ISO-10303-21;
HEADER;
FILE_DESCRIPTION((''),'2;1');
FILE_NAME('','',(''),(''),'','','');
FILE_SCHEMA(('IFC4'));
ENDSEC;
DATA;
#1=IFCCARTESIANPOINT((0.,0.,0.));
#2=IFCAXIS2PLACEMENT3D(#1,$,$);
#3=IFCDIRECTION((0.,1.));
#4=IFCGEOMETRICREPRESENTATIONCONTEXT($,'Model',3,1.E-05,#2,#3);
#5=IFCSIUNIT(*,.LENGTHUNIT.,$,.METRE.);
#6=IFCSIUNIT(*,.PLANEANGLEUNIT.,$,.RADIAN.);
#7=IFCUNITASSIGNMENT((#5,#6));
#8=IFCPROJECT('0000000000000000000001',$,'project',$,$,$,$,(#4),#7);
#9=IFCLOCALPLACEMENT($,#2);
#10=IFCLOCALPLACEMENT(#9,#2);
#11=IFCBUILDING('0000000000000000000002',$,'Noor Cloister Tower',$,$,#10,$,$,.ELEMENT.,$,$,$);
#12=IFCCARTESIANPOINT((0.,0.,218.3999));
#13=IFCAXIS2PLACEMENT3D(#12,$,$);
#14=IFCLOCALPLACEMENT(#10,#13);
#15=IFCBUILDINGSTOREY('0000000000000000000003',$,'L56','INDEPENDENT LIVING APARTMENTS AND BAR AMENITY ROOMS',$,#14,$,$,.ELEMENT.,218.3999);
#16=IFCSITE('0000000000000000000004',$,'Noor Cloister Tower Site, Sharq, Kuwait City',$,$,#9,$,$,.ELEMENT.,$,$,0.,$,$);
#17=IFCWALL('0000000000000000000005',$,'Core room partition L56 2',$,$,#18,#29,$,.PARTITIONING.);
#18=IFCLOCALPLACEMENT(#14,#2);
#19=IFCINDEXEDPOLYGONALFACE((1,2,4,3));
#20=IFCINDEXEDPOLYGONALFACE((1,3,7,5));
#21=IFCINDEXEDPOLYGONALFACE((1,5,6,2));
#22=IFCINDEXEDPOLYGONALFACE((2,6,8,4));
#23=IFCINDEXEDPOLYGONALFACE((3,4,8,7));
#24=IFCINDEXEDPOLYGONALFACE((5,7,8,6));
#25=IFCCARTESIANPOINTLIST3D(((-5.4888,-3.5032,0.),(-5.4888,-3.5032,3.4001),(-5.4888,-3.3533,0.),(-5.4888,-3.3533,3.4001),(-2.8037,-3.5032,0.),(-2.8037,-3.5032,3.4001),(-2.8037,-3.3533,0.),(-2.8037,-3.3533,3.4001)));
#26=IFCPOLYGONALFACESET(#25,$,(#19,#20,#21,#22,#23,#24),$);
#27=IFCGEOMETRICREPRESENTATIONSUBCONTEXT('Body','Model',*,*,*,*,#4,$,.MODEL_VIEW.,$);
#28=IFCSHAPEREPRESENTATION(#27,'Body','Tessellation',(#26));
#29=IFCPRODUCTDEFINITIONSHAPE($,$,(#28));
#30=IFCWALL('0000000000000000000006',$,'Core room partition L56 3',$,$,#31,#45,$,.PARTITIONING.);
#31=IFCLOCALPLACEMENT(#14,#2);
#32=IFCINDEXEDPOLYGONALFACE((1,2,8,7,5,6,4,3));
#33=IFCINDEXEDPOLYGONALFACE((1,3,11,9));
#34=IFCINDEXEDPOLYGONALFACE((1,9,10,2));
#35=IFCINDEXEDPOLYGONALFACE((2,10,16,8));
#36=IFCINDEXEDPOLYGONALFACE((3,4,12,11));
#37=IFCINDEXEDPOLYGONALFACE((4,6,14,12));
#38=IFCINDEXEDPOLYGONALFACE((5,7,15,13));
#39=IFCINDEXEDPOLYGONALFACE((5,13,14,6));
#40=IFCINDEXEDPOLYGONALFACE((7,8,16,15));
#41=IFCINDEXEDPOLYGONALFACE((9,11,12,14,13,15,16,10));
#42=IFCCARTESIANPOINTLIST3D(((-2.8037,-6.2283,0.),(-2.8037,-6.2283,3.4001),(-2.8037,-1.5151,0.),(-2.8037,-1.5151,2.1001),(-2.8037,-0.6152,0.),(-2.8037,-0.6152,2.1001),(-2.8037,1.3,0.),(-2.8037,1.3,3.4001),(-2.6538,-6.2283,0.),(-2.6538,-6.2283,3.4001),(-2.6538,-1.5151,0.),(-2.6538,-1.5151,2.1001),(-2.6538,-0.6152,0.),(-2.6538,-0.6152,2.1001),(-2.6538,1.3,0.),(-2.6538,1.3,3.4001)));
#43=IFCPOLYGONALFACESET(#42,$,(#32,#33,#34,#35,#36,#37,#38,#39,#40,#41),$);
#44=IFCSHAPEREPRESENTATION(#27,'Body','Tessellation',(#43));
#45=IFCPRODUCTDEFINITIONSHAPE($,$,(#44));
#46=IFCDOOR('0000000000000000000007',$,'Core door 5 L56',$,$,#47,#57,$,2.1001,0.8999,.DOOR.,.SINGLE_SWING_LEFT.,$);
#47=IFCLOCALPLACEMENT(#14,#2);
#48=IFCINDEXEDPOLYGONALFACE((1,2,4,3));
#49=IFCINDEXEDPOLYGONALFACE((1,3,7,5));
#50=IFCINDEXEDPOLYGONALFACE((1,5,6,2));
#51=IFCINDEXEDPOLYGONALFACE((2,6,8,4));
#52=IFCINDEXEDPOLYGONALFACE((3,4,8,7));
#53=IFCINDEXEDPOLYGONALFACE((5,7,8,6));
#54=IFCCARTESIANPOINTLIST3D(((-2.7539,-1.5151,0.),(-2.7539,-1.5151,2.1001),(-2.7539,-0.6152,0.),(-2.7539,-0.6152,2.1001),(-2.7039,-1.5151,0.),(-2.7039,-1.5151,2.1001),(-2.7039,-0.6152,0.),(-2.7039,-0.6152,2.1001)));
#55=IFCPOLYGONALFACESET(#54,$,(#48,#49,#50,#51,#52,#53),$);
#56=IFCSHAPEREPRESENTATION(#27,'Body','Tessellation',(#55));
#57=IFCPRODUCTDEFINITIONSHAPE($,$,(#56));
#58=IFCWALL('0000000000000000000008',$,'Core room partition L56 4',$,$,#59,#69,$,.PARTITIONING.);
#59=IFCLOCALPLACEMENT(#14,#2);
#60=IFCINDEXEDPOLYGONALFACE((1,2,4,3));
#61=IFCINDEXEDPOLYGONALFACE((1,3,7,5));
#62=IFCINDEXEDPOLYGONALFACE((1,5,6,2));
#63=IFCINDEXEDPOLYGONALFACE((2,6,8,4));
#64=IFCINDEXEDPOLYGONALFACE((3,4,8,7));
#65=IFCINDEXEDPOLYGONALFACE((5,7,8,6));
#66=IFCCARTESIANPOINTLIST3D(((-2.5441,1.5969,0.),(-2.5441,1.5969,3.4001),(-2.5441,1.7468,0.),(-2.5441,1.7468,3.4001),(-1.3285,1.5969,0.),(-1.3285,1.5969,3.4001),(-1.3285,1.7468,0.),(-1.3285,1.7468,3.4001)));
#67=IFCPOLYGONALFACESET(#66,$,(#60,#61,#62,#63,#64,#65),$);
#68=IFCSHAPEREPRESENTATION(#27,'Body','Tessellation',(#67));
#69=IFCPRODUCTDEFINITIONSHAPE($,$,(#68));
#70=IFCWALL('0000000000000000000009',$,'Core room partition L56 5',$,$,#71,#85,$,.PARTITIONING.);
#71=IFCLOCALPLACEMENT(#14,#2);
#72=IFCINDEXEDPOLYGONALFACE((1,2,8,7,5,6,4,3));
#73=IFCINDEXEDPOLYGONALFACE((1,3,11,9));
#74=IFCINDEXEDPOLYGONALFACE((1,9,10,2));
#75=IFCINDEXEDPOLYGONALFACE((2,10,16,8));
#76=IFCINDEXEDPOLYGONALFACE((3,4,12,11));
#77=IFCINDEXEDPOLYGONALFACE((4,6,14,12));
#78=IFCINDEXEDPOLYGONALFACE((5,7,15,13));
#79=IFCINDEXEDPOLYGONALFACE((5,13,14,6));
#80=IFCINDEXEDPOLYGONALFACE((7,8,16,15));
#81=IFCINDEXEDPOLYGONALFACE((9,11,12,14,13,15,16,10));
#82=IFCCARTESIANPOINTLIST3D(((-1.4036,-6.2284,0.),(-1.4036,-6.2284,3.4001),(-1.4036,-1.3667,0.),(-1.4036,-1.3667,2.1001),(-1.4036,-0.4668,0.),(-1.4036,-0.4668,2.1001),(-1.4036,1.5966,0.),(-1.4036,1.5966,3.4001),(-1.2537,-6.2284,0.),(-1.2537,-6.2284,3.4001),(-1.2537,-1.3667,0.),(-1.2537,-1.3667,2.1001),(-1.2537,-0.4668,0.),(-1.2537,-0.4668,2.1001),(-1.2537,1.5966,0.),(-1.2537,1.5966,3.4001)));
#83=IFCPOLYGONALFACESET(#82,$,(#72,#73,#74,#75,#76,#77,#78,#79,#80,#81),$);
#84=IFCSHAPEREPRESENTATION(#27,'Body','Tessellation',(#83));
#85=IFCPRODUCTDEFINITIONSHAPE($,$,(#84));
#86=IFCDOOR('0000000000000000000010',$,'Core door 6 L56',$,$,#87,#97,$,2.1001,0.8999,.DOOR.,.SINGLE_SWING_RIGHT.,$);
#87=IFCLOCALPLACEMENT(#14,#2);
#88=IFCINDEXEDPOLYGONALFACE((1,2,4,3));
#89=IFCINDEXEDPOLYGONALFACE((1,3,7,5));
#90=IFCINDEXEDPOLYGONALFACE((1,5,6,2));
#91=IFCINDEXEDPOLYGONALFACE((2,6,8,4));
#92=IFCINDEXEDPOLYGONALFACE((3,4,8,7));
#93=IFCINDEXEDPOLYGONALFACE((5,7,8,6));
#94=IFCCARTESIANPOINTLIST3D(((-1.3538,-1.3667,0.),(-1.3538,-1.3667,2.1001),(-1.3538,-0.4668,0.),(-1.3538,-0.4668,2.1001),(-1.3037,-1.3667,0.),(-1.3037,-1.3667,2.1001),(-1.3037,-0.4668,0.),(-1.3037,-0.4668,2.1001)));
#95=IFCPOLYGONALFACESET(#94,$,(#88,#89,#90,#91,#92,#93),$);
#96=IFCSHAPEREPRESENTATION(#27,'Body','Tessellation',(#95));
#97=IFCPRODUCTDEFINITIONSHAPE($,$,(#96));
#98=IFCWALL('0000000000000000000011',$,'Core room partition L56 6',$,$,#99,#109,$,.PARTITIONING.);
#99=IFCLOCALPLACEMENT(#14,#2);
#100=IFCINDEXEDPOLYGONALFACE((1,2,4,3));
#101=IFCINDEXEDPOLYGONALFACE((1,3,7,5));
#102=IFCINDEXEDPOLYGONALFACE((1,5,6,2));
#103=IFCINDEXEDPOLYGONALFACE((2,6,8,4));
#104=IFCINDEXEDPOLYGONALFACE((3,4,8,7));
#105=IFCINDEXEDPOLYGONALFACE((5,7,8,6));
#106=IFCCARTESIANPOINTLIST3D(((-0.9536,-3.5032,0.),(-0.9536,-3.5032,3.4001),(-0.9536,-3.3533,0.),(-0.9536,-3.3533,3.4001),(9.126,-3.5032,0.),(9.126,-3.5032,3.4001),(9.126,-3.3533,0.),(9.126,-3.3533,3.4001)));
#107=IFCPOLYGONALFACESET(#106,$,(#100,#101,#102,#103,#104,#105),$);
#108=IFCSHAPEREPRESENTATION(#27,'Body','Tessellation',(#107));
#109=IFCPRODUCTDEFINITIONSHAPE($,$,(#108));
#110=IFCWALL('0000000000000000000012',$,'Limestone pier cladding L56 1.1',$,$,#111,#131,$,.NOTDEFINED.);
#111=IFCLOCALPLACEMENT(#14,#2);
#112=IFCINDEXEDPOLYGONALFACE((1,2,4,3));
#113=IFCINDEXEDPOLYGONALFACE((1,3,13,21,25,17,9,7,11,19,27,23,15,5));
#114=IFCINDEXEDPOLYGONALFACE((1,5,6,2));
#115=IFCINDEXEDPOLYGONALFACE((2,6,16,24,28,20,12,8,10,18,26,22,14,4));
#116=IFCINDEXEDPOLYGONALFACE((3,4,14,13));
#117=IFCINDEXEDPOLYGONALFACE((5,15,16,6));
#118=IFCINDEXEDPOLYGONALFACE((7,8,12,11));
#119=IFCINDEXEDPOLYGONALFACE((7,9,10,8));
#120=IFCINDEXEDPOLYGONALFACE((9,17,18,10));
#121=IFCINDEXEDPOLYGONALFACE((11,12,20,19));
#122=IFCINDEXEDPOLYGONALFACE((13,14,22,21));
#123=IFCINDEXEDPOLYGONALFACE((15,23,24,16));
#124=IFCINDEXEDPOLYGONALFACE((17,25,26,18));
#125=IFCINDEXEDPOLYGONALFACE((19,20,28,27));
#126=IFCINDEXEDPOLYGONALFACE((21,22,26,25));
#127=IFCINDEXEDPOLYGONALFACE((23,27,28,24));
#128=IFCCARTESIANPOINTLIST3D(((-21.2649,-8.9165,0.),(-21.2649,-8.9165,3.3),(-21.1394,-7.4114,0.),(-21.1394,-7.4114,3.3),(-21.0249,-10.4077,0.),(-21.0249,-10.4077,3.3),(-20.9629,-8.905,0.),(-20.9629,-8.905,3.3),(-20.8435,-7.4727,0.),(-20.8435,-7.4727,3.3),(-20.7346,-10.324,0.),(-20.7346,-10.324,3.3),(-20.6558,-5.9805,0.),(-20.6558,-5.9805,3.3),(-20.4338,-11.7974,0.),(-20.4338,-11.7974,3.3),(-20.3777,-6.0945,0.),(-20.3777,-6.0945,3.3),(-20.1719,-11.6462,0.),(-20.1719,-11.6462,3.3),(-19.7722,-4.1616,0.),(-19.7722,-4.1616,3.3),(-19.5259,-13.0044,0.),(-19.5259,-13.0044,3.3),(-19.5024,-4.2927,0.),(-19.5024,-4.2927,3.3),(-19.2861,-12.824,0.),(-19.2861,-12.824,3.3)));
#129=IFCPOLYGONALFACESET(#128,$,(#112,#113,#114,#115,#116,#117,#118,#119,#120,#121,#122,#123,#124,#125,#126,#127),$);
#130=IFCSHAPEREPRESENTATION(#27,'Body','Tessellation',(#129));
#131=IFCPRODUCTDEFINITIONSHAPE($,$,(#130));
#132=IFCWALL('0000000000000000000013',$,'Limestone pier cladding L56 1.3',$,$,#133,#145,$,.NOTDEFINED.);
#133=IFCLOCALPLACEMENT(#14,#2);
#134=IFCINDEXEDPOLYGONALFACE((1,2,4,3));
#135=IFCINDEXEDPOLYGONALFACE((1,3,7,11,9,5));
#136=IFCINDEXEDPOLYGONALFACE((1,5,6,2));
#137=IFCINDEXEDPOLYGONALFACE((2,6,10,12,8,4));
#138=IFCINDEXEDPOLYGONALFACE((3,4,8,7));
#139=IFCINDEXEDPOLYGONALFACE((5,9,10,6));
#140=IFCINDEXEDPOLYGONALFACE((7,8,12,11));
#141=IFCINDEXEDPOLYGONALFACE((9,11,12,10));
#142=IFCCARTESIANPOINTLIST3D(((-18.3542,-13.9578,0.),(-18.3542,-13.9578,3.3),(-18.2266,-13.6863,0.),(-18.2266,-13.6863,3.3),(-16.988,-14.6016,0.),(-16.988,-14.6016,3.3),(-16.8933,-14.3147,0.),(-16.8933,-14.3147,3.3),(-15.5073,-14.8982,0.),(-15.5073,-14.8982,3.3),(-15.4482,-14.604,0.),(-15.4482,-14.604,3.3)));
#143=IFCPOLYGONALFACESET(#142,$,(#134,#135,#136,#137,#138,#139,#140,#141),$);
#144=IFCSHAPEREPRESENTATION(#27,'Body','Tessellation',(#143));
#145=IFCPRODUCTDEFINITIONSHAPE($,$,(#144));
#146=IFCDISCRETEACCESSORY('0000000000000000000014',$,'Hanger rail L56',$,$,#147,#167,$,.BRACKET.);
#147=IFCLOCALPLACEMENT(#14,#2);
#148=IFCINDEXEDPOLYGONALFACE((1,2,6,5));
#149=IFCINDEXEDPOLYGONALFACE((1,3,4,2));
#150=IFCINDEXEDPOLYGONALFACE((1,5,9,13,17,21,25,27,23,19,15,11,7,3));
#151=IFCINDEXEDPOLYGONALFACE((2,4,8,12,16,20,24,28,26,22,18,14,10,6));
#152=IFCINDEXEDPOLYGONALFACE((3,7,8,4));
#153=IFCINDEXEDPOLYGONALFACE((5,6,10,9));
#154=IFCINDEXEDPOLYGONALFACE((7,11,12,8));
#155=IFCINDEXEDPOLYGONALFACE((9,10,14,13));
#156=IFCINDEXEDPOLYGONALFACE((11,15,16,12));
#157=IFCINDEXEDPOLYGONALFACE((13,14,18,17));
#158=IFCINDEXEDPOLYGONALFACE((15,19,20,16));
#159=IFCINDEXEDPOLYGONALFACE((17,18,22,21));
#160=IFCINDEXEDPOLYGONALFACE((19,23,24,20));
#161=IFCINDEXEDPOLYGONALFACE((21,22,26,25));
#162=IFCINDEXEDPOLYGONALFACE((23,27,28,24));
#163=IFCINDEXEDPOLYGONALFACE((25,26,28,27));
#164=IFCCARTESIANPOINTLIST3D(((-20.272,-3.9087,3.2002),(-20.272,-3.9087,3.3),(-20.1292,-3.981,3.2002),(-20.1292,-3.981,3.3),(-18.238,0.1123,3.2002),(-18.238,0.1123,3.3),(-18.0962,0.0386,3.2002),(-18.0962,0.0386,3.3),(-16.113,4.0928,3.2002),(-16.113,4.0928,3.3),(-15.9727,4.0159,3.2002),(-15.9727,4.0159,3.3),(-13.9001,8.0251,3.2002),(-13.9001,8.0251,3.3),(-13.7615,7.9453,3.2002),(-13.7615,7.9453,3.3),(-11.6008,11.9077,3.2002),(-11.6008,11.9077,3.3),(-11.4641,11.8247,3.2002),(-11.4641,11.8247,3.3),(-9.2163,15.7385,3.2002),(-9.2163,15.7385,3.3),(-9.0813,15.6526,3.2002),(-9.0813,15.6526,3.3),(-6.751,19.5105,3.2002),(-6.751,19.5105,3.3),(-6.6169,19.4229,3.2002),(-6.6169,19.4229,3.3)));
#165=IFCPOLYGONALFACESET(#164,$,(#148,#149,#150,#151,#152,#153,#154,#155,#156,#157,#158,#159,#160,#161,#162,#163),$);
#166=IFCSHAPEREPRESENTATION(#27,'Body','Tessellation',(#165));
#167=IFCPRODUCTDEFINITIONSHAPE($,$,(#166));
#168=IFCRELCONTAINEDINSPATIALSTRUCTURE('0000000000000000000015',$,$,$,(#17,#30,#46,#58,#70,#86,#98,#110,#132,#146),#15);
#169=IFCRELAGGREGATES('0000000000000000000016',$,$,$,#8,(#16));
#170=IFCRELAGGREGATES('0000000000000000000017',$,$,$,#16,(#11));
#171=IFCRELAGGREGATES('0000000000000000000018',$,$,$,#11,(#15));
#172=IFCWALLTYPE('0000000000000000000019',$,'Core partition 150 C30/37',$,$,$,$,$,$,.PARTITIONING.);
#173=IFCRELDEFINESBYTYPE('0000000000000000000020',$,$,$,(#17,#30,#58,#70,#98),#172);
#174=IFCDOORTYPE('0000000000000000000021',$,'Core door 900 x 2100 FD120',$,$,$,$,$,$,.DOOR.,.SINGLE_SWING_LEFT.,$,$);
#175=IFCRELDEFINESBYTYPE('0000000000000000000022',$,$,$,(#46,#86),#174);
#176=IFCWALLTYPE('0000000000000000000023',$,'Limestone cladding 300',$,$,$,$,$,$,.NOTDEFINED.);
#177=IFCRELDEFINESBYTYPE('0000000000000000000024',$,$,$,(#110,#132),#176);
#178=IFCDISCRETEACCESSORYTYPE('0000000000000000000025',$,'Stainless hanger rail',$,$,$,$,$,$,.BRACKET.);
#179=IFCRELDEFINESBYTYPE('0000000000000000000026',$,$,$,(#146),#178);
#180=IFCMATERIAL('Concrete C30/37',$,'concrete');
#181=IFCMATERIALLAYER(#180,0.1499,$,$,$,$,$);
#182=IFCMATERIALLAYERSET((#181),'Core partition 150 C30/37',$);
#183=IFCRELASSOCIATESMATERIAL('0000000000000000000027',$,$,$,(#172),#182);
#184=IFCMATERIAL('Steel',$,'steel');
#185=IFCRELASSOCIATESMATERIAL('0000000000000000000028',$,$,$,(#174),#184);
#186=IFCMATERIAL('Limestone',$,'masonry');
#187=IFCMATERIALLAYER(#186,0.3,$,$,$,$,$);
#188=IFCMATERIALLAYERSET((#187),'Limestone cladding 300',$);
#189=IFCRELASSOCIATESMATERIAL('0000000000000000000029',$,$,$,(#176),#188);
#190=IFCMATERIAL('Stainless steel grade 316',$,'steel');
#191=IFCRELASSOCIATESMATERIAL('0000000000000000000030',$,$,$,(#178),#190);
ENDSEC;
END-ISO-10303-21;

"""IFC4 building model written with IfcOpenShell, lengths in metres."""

from ifc_helpers import new_model, si_unit, direction, frame, frame_2d, origin, place, context, subcontext, project, spatial, polyline, rectangle, outline, extrude, material, layer, layer_set, type_object, element, fill, save


model = new_model("IFC4")

# Units and contexts
model_context = context("Model", 3, precision=1e-05, world=origin(), true_north=direction((0.0, 1.0)))
body_context = subcontext(model_context, "Body", "Model", "MODEL_VIEW")
ifc_project = project(units=[si_unit("LENGTHUNIT", "METRE"), si_unit("PLANEANGLEUNIT", "RADIAN")], contexts=[model_context])

# Site, building, storey
site_placement = place(None, origin())
site = spatial("IfcSite", under=ifc_project, at=site_placement, Name="Noor Cloister Tower Site, Sharq, Kuwait City", CompositionType="ELEMENT", RefElevation=0.0)
building_placement = place(site_placement, origin())
building = spatial("IfcBuilding", under=site, at=building_placement, Name="Noor Cloister Tower", CompositionType="ELEMENT")
storey_placement = place(building_placement, frame((0.0, 0.0, 218.3999)))
storey = spatial("IfcBuildingStorey", under=building, at=storey_placement, Name="L56", Description="INDEPENDENT LIVING APARTMENTS AND BAR AMENITY ROOMS", CompositionType="ELEMENT", Elevation=218.3999)

# Wall
ifc_material_1 = material(Name="Concrete C30/37", Category="concrete")
ifc_layer_1 = layer(ifc_material_1, 0.1499)
ifc_layer_set_1 = layer_set([ifc_layer_1], Name="Core partition 150 C30/37")
wall_type_1 = type_object("IfcWallType", Name="Core partition 150 C30/37", PredefinedType="PARTITIONING", material=ifc_layer_set_1)
wall_1_placement = place(storey_placement, frame((-5.4888, -3.4282, 0.0), z_axis=(0.0, 0.0, 1.0), x_axis=(1.0, 0.0, 0.0)))
element("IfcWall", 1, at=wall_1_placement, inside=storey, type_object=wall_type_1, Name="Core room partition L56 2", PredefinedType="PARTITIONING", context=body_context, shape_type="SweptSolid", body=[
    extrude(rectangle(XDim=2.6851, YDim=0.1499, at=frame_2d((1.3425, 0.0))), origin(), (0.0, 0.0, 1.0), 3.4001),
])

# Wall, opening, door
wall_2_placement = place(storey_placement, frame((-2.7288, 1.3, 0.0), z_axis=(0.0, 0.0, 1.0), x_axis=(0.0, -1.0, 0.0)))
wall_2 = element("IfcWall", 2, at=wall_2_placement, inside=storey, type_object=wall_type_1, Name="Core room partition L56 3", PredefinedType="PARTITIONING", context=body_context, shape_type="SweptSolid", body=[
    extrude(rectangle(XDim=7.5283, YDim=0.1499, at=frame_2d((3.7642, 0.0))), origin(), (0.0, 0.0, 1.0), 3.4001),
])
opening_1_placement = place(wall_2_placement, frame((1.9153, 0.0, 0.0)))
opening_1 = element("IfcOpeningElement", 3, at=opening_1_placement, cuts=wall_2, PredefinedType="OPENING", context=body_context, shape_type="SweptSolid", body=[
    extrude(rectangle(XDim=0.8999, YDim=2.1001, at=frame_2d((0.45, 1.05))), frame((0.0, 0.085, 0.0), z_axis=(0.0, -1.0, 0.0), x_axis=(1.0, 0.0, 0.0)), (0.0, 0.0, 1.0), 0.1699),
])
ifc_material_2 = material(Name="Steel", Category="steel")
door_type = type_object("IfcDoorType", Name="Core door 900 x 2100 FD120", OperationType="SINGLE_SWING_LEFT", PredefinedType="DOOR", material=ifc_material_2)
door_1_placement = place(opening_1_placement, origin())
door_1 = element("IfcDoor", 4, at=door_1_placement, inside=storey, type_object=door_type, Name="Core door 5 L56", OperationType="SINGLE_SWING_LEFT", OverallHeight=2.1001, OverallWidth=0.8999, PredefinedType="DOOR", context=body_context, shape_type="SweptSolid", body=[
    extrude(rectangle(XDim=0.8999, YDim=2.1001, at=frame_2d((0.45, 1.05))), frame((0.0, 0.0249, 0.0), z_axis=(0.0, -1.0, 0.0), x_axis=(1.0, 0.0, 0.0)), (0.0, 0.0, 1.0), 0.05),
])
fill(opening_1, door_1)

# Wall
wall_3_placement = place(storey_placement, frame((-2.5442, 1.6719, 0.0), z_axis=(0.0, 0.0, 1.0), x_axis=(1.0, 0.0, 0.0)))
element("IfcWall", 5, at=wall_3_placement, inside=storey, type_object=wall_type_1, Name="Core room partition L56 4", PredefinedType="PARTITIONING", context=body_context, shape_type="SweptSolid", body=[
    extrude(rectangle(XDim=1.2156, YDim=0.1499, at=frame_2d((0.6079, 0.0))), origin(), (0.0, 0.0, 1.0), 3.4001),
])

# Wall, opening, door
wall_4_placement = place(storey_placement, frame((-1.3286, 1.5967, 0.0), z_axis=(0.0, 0.0, 1.0), x_axis=(0.0, -1.0, 0.0)))
wall_4 = element("IfcWall", 6, at=wall_4_placement, inside=storey, type_object=wall_type_1, Name="Core room partition L56 5", PredefinedType="PARTITIONING", context=body_context, shape_type="SweptSolid", body=[
    extrude(rectangle(XDim=7.825, YDim=0.1499, at=frame_2d((3.9126, 0.0))), origin(), (0.0, 0.0, 1.0), 3.4001),
])
opening_2_placement = place(wall_4_placement, frame((2.0635, 0.0, 0.0)))
opening_2 = element("IfcOpeningElement", 7, at=opening_2_placement, cuts=wall_4, PredefinedType="OPENING", context=body_context, shape_type="SweptSolid", body=[
    extrude(rectangle(XDim=0.8999, YDim=2.1001, at=frame_2d((0.45, 1.05))), frame((0.0, 0.085, 0.0), z_axis=(0.0, -1.0, 0.0), x_axis=(1.0, 0.0, 0.0)), (0.0, 0.0, 1.0), 0.1699),
])
door_2_placement = place(opening_2_placement, origin())
door_2 = element("IfcDoor", 8, at=door_2_placement, inside=storey, type_object=door_type, Name="Core door 6 L56", OperationType="SINGLE_SWING_RIGHT", OverallHeight=2.1001, OverallWidth=0.8999, PredefinedType="DOOR", context=body_context, shape_type="SweptSolid", body=[
    extrude(rectangle(XDim=0.8999, YDim=2.1001, at=frame_2d((0.45, 1.05))), frame((0.0, 0.0249, 0.0), z_axis=(0.0, -1.0, 0.0), x_axis=(1.0, 0.0, 0.0)), (0.0, 0.0, 1.0), 0.05),
])
fill(opening_2, door_2)

# Walls
wall_5_placement = place(storey_placement, frame((-0.9536, -3.4282, 0.0), z_axis=(0.0, 0.0, 1.0), x_axis=(1.0, 0.0, 0.0)))
element("IfcWall", 9, at=wall_5_placement, inside=storey, type_object=wall_type_1, Name="Core room partition L56 6", PredefinedType="PARTITIONING", context=body_context, shape_type="SweptSolid", body=[
    extrude(rectangle(XDim=10.0796, YDim=0.1499, at=frame_2d((5.0398, 0.0))), origin(), (0.0, 0.0, 1.0), 3.4001),
])
ifc_material_3 = material(Name="Limestone", Category="masonry")
ifc_layer_2 = layer(ifc_material_3, 0.3)
ifc_layer_set_2 = layer_set([ifc_layer_2], Name="Limestone cladding 300")
wall_type_2 = type_object("IfcWallType", Name="Limestone cladding 300", PredefinedType="NOTDEFINED", material=ifc_layer_set_2)
wall_6_placement = place(storey_placement, origin())
element("IfcWall", 10, at=wall_6_placement, inside=storey, type_object=wall_type_2, Name="Limestone pier cladding L56 1.1", PredefinedType="NOTDEFINED", context=body_context, shape_type="SweptSolid", body=[
    extrude(outline(polyline([(-19.7722, -4.1616), (-20.6558, -5.9805), (-21.1394, -7.4114), (-21.2649, -8.9165), (-21.0249, -10.4077), (-20.4338, -11.7974), (-19.5259, -13.0044), (-19.2861, -12.824), (-20.1719, -11.6462), (-20.7346, -10.324), (-20.9629, -8.905), (-20.8435, -7.4727), (-20.3777, -6.0945), (-19.5024, -4.2927), (-19.7722, -4.1616)])), origin(), (0.0, 0.0, 1.0), 3.3),
])
wall_7_placement = place(storey_placement, origin())
element("IfcWall", 11, at=wall_7_placement, inside=storey, type_object=wall_type_2, Name="Limestone pier cladding L56 1.3", PredefinedType="NOTDEFINED", context=body_context, shape_type="SweptSolid", body=[
    extrude(outline(polyline([(-18.3542, -13.9578), (-16.988, -14.6016), (-15.5073, -14.8982), (-15.4482, -14.604), (-16.8933, -14.3147), (-18.2266, -13.6863), (-18.3542, -13.9578)])), origin(), (0.0, 0.0, 1.0), 3.3),
])

# Discrete accessory
ifc_material_4 = material(Name="Stainless steel grade 316", Category="steel")
discrete_accessory_type = type_object("IfcDiscreteAccessoryType", Name="Stainless hanger rail", PredefinedType="BRACKET", material=ifc_material_4)
discrete_accessory_1_placement = place(storey_placement, frame((0.0, 0.0, 3.2002)))
element("IfcDiscreteAccessory", 12, at=discrete_accessory_1_placement, inside=storey, type_object=discrete_accessory_type, Name="Hanger rail L56", PredefinedType="BRACKET", context=body_context, shape_type="SweptSolid", body=[
    extrude(outline(polyline([(-6.751, 19.5105), (-9.2163, 15.7385), (-11.6008, 11.9077), (-13.9001, 8.0251), (-16.113, 4.0928), (-18.238, 0.1123), (-20.272, -3.9087), (-20.1292, -3.981), (-18.0962, 0.0386), (-15.9727, 4.0159), (-13.7615, 7.9453), (-11.4641, 11.8247), (-9.0813, 15.6526), (-6.6169, 19.4229), (-6.751, 19.5105)])), origin(), (0.0, 0.0, 1.0), 0.0999),
])

save(model, "model.ifc")
